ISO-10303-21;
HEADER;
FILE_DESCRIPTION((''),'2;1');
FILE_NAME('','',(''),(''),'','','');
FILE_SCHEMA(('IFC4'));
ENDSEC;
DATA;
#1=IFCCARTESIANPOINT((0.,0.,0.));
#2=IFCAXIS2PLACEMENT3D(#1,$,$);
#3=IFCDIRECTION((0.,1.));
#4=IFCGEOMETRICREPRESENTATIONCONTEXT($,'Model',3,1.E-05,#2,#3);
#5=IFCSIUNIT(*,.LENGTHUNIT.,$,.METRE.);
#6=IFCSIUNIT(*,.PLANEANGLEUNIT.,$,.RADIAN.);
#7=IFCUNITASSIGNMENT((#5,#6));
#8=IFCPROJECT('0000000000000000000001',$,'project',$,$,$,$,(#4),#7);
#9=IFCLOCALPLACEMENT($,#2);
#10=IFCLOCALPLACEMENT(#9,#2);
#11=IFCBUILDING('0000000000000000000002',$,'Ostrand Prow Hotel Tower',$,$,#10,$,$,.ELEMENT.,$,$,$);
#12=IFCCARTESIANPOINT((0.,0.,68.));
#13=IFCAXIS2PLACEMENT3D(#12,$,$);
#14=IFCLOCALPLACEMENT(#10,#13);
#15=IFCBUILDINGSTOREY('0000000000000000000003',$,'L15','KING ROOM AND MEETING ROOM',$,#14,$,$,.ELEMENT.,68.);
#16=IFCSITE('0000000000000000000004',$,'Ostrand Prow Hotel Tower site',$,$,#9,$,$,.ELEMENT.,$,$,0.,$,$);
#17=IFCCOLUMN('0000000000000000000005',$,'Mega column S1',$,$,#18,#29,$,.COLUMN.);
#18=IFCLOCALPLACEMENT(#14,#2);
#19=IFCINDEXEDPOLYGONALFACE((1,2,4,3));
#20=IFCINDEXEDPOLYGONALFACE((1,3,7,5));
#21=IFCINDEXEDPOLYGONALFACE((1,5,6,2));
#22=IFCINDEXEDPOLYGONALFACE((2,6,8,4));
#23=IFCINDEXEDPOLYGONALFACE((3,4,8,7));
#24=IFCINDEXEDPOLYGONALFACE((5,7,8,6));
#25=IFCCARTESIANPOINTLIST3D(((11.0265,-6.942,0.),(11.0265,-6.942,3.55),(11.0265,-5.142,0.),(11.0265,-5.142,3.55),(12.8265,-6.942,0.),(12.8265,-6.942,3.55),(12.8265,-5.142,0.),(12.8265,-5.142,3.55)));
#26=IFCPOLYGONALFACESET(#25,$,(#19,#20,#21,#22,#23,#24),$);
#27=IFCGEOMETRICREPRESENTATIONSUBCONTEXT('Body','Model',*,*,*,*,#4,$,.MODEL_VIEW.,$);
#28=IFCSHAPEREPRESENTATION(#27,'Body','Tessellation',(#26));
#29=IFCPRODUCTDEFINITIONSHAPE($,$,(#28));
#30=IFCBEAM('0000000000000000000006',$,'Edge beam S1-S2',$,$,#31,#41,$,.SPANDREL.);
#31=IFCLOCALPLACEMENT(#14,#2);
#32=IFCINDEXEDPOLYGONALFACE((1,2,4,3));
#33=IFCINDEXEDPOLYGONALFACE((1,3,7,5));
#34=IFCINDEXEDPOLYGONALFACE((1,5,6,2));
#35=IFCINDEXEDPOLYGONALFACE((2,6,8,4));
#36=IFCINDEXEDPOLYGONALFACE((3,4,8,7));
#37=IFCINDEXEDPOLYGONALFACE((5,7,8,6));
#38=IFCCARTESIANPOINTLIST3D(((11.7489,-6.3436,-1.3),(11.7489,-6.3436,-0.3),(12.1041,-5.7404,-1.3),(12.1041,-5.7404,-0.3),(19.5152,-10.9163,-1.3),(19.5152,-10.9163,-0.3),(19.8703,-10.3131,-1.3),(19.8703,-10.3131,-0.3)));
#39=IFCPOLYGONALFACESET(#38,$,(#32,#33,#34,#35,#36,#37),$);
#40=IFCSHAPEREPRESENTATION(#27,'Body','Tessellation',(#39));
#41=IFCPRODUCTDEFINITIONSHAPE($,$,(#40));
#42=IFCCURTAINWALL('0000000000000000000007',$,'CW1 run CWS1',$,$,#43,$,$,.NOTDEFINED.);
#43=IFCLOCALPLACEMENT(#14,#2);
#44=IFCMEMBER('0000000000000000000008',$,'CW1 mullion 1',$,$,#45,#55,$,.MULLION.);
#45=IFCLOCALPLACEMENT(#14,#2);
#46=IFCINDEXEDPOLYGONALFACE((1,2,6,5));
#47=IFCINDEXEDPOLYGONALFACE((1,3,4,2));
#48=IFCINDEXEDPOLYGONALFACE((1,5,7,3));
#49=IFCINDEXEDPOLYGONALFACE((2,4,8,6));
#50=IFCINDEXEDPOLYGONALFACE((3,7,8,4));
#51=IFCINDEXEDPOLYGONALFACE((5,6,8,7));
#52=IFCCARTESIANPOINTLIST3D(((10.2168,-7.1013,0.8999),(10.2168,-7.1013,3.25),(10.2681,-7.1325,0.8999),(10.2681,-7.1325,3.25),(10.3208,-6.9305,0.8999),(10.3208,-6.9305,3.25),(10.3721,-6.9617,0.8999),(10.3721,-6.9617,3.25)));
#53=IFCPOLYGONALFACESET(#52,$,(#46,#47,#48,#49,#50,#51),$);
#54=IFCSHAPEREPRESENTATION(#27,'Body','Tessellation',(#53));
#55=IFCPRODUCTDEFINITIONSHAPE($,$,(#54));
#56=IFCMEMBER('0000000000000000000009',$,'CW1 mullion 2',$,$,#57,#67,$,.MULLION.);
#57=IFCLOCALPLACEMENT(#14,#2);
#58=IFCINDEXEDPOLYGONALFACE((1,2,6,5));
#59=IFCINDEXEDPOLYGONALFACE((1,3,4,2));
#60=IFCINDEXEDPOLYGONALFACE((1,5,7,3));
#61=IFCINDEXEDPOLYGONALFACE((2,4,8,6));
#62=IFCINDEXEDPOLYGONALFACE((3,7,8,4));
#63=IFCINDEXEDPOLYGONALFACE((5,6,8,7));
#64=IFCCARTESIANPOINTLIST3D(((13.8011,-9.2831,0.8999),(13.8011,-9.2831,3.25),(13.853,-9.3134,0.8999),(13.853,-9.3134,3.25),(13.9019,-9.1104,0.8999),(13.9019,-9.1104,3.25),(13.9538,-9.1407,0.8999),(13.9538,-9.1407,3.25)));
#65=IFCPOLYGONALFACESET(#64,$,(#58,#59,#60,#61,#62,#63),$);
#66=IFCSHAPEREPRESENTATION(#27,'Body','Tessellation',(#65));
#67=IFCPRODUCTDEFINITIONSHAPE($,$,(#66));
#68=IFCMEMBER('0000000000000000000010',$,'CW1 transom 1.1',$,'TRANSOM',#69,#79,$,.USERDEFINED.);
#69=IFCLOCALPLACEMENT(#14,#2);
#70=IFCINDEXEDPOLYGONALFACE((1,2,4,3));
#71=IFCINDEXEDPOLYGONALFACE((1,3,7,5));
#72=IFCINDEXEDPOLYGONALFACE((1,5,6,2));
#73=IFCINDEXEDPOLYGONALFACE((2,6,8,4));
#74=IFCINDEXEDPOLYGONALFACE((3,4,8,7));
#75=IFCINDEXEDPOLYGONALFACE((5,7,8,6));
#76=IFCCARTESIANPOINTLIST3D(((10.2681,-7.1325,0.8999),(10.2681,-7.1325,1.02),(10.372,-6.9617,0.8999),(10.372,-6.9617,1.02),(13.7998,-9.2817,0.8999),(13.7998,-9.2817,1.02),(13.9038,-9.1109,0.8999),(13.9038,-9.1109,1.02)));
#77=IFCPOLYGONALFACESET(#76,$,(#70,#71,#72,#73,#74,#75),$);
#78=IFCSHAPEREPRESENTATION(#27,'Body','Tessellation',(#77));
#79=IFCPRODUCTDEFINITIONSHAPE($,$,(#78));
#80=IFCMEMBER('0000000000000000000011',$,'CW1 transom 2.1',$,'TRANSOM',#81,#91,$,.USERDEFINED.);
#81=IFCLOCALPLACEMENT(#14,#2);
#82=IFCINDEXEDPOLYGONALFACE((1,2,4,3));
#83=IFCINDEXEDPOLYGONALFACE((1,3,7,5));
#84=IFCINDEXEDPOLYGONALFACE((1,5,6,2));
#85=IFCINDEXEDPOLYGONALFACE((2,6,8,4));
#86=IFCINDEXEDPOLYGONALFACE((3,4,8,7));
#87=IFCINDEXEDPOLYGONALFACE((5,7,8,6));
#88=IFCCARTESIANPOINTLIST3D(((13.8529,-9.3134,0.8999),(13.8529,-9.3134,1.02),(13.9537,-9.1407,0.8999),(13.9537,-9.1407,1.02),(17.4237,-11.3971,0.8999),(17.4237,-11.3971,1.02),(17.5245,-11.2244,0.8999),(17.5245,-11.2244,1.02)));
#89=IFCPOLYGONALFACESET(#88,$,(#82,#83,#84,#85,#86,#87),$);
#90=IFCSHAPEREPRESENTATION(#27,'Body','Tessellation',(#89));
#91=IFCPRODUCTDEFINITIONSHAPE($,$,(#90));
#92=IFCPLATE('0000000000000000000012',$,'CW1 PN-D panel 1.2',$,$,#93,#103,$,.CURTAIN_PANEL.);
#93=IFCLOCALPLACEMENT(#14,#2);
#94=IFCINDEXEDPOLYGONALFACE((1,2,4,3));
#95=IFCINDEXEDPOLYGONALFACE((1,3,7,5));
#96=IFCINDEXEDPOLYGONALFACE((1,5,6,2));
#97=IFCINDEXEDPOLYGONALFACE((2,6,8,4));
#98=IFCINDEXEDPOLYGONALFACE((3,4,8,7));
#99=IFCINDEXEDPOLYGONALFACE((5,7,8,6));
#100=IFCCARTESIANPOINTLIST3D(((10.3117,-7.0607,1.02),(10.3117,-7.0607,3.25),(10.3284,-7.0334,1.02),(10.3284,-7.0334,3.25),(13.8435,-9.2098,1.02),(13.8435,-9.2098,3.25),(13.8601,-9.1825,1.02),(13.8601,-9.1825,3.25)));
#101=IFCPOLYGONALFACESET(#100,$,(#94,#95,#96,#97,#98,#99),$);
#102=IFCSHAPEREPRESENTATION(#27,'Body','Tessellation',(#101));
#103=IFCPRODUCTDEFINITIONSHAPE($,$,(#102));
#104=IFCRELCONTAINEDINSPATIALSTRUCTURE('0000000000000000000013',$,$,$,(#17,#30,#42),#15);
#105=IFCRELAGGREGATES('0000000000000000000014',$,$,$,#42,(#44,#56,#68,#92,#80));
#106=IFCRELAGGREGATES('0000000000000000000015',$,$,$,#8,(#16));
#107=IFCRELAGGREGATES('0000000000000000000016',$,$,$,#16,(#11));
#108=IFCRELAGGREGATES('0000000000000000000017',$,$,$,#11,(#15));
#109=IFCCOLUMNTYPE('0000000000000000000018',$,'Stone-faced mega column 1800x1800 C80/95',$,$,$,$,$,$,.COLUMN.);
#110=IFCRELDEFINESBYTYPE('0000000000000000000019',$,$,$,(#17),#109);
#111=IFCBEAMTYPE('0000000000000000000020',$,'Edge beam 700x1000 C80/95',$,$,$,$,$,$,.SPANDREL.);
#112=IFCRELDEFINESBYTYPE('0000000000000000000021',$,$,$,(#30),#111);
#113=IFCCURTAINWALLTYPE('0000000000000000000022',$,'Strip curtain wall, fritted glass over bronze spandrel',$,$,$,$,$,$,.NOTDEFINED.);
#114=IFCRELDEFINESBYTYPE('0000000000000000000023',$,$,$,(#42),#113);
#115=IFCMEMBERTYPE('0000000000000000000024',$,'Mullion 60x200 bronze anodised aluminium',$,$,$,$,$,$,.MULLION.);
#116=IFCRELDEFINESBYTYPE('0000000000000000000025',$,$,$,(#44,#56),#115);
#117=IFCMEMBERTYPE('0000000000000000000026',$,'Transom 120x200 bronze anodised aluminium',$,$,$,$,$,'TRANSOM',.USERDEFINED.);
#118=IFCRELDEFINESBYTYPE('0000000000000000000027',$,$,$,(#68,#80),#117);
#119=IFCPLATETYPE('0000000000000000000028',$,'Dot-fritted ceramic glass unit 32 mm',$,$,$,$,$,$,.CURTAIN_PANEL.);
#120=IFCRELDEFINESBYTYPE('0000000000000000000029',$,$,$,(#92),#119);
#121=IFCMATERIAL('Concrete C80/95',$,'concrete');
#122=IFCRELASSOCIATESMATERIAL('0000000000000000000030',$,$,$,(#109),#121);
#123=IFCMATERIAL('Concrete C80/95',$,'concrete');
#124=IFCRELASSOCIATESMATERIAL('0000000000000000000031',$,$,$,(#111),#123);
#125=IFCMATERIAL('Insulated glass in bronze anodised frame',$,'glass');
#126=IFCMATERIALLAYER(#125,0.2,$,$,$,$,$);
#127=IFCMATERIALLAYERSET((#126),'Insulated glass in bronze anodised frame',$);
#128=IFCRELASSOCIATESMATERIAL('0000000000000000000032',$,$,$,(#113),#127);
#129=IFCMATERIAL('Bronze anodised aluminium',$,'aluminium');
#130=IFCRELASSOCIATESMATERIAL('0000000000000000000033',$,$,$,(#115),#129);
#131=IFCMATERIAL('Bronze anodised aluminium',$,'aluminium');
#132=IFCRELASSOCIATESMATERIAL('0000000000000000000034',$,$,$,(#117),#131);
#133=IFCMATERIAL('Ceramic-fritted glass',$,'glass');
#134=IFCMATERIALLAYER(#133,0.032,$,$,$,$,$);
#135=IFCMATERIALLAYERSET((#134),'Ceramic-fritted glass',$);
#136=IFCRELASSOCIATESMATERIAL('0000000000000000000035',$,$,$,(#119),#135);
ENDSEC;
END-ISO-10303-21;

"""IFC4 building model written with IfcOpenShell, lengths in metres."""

from ifc_helpers import new_model, si_unit, direction, frame, origin, origin_2d, place, context, subcontext, project, spatial, rectangle, extrude, material, layer, layer_set, material_profile, profile_set, type_object, element, aggregate, save


model = new_model("IFC4")

# Units and contexts
model_context = context("Model", 3, precision=1e-05, world=origin(), true_north=direction((0.0, 1.0)))
body_context = subcontext(model_context, "Body", "Model", "MODEL_VIEW")
ifc_project = project(units=[si_unit("LENGTHUNIT", "METRE"), si_unit("PLANEANGLEUNIT", "RADIAN")], contexts=[model_context])

# Site, building, storey
site_placement = place(None, origin())
site = spatial("IfcSite", under=ifc_project, at=site_placement, Name="Ostrand Prow Hotel Tower site", CompositionType="ELEMENT", RefElevation=0.0)
building_placement = place(site_placement, origin())
building = spatial("IfcBuilding", under=site, at=building_placement, Name="Ostrand Prow Hotel Tower", CompositionType="ELEMENT")
storey_placement = place(building_placement, frame((0.0, 0.0, 68.0)))
storey = spatial("IfcBuildingStorey", under=building, at=storey_placement, Name="L15", Description="KING ROOM AND MEETING ROOM", CompositionType="ELEMENT", Elevation=68.0)

# Column
ifc_material_1 = material(Name="Concrete C80/95", Category="concrete")
ifc_material_profile_1 = material_profile(ifc_material_1, rectangle(XDim=1.8, YDim=1.8, at=origin_2d()), Name="RC 1800x1800")
ifc_profile_set_1 = profile_set([ifc_material_profile_1], Name="Concrete C80/95")
column_type = type_object("IfcColumnType", Name="Stone-faced mega column 1800x1800 C80/95", PredefinedType="COLUMN", material=ifc_profile_set_1)
column_placement = place(storey_placement, frame((11.9265, -6.042, 0.0), z_axis=(0.0, 0.0, 1.0), x_axis=(1.0, 0.0, 0.0)))
element("IfcColumn", 1, at=column_placement, inside=storey, type_object=column_type, Name="Mega column S1", PredefinedType="COLUMN", context=body_context, shape_type="SweptSolid", body=[
    extrude(rectangle(XDim=1.8, YDim=1.8, at=origin_2d()), origin(), (0.0, 0.0, 1.0), 3.55),
])

# Beam
ifc_material_2 = material(Name="Concrete C80/95", Category="concrete")
ifc_material_profile_2 = material_profile(ifc_material_2, rectangle(XDim=0.7, YDim=1.0, at=origin_2d()), Name="RC 700x1000")
ifc_profile_set_2 = profile_set([ifc_material_profile_2], Name="Concrete C80/95")
beam_type = type_object("IfcBeamType", Name="Edge beam 700x1000 C80/95", PredefinedType="SPANDREL", material=ifc_profile_set_2)
beam_placement = place(storey_placement, frame((11.9265, -6.042, -0.8), z_axis=(0.861725, -0.507375, 0.0), x_axis=(0.507375, 0.861725, 0.0)))
element("IfcBeam", 2, at=beam_placement, inside=storey, type_object=beam_type, Name="Edge beam S1-S2", PredefinedType="SPANDREL", context=body_context, shape_type="SweptSolid", body=[
    extrude(rectangle(XDim=0.7, YDim=1.0, at=origin_2d()), origin(), (0.0, 0.0, 1.0), 9.0125),
])

# Curtain wall, members, plate
ifc_material_3 = material(Name="Insulated glass in bronze anodised frame", Category="glass")
ifc_layer_1 = layer(ifc_material_3, 0.2)
ifc_layer_set_1 = layer_set([ifc_layer_1], Name="Insulated glass in bronze anodised frame")
curtain_wall_type = type_object("IfcCurtainWallType", Name="Strip curtain wall, fritted glass over bronze spandrel", PredefinedType="NOTDEFINED", material=ifc_layer_set_1)
curtain_wall_placement = place(storey_placement, origin())
curtain_wall = element("IfcCurtainWall", 3, at=curtain_wall_placement, inside=storey, type_object=curtain_wall_type, Name="CW1 run CWS1", PredefinedType="NOTDEFINED")
ifc_material_4 = material(Name="Bronze anodised aluminium", Category="aluminium")
ifc_material_profile_3 = material_profile(ifc_material_4, rectangle(XDim=0.2, YDim=0.0601, at=origin_2d()), Name="Mullion 60x200 bronze anodised aluminium")
ifc_profile_set_3 = profile_set([ifc_material_profile_3], Name="Bronze anodised aluminium")
member_type_1 = type_object("IfcMemberType", Name="Mullion 60x200 bronze anodised aluminium", PredefinedType="MULLION", material=ifc_profile_set_3)
member_1_placement = place(storey_placement, frame((10.2944, -7.0315, 0.8999), z_axis=(0.0, 0.0, 1.0), x_axis=(0.519831, 0.854269, 0.0)))
member_1 = element("IfcMember", 4, at=member_1_placement, type_object=member_type_1, Name="CW1 mullion 1", PredefinedType="MULLION", context=body_context, shape_type="SweptSolid", body=[
    extrude(rectangle(XDim=0.2, YDim=0.0601, at=origin_2d()), origin(), (0.0, 0.0, 1.0), 2.3501),
])
member_2_placement = place(storey_placement, frame((13.8774, -9.2119, 0.8999), z_axis=(0.0, 0.0, 1.0), x_axis=(0.504023, 0.86369, 0.0)))
member_2 = element("IfcMember", 5, at=member_2_placement, type_object=member_type_1, Name="CW1 mullion 2", PredefinedType="MULLION", context=body_context, shape_type="SweptSolid", body=[
    extrude(rectangle(XDim=0.2, YDim=0.0601, at=origin_2d()), origin(), (0.0, 0.0, 1.0), 2.3501),
])
ifc_material_5 = material(Name="Bronze anodised aluminium", Category="aluminium")
ifc_material_profile_4 = material_profile(ifc_material_5, rectangle(XDim=0.2, YDim=0.1201, at=origin_2d()), Name="Transom 120x200 bronze anodised aluminium")
ifc_profile_set_4 = profile_set([ifc_material_profile_4], Name="Bronze anodised aluminium")
member_type_2 = type_object("IfcMemberType", Name="Transom 120x200 bronze anodised aluminium", ElementType="TRANSOM", PredefinedType="USERDEFINED", material=ifc_profile_set_4)
member_3_placement = place(storey_placement, frame((10.3201, -7.0471, 0.96), z_axis=(0.854261, -0.519844, 0.0), x_axis=(0.519844, 0.854261, 0.0)))
member_3 = element("IfcMember", 6, at=member_3_placement, type_object=member_type_2, Name="CW1 transom 1.1", ObjectType="TRANSOM", PredefinedType="USERDEFINED", context=body_context, shape_type="SweptSolid", body=[
    extrude(rectangle(XDim=0.2, YDim=0.1201, at=origin_2d()), origin(), (0.0, 0.0, 1.0), 4.1343),
])
member_4_placement = place(storey_placement, frame((13.9033, -9.2271, 0.96), z_axis=(0.863698, -0.504011, 0.0), x_axis=(0.504011, 0.863698, 0.0)))
member_4 = element("IfcMember", 7, at=member_4_placement, type_object=member_type_2, Name="CW1 transom 2.1", ObjectType="TRANSOM", PredefinedType="USERDEFINED", context=body_context, shape_type="SweptSolid", body=[
    extrude(rectangle(XDim=0.2, YDim=0.1201, at=origin_2d()), origin(), (0.0, 0.0, 1.0), 4.1343),
])
ifc_material_6 = material(Name="Ceramic-fritted glass", Category="glass")
ifc_layer_2 = layer(ifc_material_6, 0.032)
ifc_layer_set_2 = layer_set([ifc_layer_2], Name="Ceramic-fritted glass")
plate_type = type_object("IfcPlateType", Name="Dot-fritted ceramic glass unit 32 mm", PredefinedType="CURTAIN_PANEL", material=ifc_layer_set_2)
plate_placement = place(storey_placement, frame((12.0859, -8.1216, 1.02), z_axis=(0.0, 0.0, 1.0), x_axis=(0.854269, -0.519831, 0.0)))
plate = element("IfcPlate", 8, at=plate_placement, type_object=plate_type, Name="CW1 PN-D panel 1.2", PredefinedType="CURTAIN_PANEL", context=body_context, shape_type="SweptSolid", body=[
    extrude(rectangle(XDim=4.1343, YDim=0.032, at=origin_2d()), origin(), (0.0, 0.0, 1.0), 2.23),
])
aggregate(curtain_wall, [member_1, member_2, member_3, plate, member_4])

save(model, "model.ifc")
